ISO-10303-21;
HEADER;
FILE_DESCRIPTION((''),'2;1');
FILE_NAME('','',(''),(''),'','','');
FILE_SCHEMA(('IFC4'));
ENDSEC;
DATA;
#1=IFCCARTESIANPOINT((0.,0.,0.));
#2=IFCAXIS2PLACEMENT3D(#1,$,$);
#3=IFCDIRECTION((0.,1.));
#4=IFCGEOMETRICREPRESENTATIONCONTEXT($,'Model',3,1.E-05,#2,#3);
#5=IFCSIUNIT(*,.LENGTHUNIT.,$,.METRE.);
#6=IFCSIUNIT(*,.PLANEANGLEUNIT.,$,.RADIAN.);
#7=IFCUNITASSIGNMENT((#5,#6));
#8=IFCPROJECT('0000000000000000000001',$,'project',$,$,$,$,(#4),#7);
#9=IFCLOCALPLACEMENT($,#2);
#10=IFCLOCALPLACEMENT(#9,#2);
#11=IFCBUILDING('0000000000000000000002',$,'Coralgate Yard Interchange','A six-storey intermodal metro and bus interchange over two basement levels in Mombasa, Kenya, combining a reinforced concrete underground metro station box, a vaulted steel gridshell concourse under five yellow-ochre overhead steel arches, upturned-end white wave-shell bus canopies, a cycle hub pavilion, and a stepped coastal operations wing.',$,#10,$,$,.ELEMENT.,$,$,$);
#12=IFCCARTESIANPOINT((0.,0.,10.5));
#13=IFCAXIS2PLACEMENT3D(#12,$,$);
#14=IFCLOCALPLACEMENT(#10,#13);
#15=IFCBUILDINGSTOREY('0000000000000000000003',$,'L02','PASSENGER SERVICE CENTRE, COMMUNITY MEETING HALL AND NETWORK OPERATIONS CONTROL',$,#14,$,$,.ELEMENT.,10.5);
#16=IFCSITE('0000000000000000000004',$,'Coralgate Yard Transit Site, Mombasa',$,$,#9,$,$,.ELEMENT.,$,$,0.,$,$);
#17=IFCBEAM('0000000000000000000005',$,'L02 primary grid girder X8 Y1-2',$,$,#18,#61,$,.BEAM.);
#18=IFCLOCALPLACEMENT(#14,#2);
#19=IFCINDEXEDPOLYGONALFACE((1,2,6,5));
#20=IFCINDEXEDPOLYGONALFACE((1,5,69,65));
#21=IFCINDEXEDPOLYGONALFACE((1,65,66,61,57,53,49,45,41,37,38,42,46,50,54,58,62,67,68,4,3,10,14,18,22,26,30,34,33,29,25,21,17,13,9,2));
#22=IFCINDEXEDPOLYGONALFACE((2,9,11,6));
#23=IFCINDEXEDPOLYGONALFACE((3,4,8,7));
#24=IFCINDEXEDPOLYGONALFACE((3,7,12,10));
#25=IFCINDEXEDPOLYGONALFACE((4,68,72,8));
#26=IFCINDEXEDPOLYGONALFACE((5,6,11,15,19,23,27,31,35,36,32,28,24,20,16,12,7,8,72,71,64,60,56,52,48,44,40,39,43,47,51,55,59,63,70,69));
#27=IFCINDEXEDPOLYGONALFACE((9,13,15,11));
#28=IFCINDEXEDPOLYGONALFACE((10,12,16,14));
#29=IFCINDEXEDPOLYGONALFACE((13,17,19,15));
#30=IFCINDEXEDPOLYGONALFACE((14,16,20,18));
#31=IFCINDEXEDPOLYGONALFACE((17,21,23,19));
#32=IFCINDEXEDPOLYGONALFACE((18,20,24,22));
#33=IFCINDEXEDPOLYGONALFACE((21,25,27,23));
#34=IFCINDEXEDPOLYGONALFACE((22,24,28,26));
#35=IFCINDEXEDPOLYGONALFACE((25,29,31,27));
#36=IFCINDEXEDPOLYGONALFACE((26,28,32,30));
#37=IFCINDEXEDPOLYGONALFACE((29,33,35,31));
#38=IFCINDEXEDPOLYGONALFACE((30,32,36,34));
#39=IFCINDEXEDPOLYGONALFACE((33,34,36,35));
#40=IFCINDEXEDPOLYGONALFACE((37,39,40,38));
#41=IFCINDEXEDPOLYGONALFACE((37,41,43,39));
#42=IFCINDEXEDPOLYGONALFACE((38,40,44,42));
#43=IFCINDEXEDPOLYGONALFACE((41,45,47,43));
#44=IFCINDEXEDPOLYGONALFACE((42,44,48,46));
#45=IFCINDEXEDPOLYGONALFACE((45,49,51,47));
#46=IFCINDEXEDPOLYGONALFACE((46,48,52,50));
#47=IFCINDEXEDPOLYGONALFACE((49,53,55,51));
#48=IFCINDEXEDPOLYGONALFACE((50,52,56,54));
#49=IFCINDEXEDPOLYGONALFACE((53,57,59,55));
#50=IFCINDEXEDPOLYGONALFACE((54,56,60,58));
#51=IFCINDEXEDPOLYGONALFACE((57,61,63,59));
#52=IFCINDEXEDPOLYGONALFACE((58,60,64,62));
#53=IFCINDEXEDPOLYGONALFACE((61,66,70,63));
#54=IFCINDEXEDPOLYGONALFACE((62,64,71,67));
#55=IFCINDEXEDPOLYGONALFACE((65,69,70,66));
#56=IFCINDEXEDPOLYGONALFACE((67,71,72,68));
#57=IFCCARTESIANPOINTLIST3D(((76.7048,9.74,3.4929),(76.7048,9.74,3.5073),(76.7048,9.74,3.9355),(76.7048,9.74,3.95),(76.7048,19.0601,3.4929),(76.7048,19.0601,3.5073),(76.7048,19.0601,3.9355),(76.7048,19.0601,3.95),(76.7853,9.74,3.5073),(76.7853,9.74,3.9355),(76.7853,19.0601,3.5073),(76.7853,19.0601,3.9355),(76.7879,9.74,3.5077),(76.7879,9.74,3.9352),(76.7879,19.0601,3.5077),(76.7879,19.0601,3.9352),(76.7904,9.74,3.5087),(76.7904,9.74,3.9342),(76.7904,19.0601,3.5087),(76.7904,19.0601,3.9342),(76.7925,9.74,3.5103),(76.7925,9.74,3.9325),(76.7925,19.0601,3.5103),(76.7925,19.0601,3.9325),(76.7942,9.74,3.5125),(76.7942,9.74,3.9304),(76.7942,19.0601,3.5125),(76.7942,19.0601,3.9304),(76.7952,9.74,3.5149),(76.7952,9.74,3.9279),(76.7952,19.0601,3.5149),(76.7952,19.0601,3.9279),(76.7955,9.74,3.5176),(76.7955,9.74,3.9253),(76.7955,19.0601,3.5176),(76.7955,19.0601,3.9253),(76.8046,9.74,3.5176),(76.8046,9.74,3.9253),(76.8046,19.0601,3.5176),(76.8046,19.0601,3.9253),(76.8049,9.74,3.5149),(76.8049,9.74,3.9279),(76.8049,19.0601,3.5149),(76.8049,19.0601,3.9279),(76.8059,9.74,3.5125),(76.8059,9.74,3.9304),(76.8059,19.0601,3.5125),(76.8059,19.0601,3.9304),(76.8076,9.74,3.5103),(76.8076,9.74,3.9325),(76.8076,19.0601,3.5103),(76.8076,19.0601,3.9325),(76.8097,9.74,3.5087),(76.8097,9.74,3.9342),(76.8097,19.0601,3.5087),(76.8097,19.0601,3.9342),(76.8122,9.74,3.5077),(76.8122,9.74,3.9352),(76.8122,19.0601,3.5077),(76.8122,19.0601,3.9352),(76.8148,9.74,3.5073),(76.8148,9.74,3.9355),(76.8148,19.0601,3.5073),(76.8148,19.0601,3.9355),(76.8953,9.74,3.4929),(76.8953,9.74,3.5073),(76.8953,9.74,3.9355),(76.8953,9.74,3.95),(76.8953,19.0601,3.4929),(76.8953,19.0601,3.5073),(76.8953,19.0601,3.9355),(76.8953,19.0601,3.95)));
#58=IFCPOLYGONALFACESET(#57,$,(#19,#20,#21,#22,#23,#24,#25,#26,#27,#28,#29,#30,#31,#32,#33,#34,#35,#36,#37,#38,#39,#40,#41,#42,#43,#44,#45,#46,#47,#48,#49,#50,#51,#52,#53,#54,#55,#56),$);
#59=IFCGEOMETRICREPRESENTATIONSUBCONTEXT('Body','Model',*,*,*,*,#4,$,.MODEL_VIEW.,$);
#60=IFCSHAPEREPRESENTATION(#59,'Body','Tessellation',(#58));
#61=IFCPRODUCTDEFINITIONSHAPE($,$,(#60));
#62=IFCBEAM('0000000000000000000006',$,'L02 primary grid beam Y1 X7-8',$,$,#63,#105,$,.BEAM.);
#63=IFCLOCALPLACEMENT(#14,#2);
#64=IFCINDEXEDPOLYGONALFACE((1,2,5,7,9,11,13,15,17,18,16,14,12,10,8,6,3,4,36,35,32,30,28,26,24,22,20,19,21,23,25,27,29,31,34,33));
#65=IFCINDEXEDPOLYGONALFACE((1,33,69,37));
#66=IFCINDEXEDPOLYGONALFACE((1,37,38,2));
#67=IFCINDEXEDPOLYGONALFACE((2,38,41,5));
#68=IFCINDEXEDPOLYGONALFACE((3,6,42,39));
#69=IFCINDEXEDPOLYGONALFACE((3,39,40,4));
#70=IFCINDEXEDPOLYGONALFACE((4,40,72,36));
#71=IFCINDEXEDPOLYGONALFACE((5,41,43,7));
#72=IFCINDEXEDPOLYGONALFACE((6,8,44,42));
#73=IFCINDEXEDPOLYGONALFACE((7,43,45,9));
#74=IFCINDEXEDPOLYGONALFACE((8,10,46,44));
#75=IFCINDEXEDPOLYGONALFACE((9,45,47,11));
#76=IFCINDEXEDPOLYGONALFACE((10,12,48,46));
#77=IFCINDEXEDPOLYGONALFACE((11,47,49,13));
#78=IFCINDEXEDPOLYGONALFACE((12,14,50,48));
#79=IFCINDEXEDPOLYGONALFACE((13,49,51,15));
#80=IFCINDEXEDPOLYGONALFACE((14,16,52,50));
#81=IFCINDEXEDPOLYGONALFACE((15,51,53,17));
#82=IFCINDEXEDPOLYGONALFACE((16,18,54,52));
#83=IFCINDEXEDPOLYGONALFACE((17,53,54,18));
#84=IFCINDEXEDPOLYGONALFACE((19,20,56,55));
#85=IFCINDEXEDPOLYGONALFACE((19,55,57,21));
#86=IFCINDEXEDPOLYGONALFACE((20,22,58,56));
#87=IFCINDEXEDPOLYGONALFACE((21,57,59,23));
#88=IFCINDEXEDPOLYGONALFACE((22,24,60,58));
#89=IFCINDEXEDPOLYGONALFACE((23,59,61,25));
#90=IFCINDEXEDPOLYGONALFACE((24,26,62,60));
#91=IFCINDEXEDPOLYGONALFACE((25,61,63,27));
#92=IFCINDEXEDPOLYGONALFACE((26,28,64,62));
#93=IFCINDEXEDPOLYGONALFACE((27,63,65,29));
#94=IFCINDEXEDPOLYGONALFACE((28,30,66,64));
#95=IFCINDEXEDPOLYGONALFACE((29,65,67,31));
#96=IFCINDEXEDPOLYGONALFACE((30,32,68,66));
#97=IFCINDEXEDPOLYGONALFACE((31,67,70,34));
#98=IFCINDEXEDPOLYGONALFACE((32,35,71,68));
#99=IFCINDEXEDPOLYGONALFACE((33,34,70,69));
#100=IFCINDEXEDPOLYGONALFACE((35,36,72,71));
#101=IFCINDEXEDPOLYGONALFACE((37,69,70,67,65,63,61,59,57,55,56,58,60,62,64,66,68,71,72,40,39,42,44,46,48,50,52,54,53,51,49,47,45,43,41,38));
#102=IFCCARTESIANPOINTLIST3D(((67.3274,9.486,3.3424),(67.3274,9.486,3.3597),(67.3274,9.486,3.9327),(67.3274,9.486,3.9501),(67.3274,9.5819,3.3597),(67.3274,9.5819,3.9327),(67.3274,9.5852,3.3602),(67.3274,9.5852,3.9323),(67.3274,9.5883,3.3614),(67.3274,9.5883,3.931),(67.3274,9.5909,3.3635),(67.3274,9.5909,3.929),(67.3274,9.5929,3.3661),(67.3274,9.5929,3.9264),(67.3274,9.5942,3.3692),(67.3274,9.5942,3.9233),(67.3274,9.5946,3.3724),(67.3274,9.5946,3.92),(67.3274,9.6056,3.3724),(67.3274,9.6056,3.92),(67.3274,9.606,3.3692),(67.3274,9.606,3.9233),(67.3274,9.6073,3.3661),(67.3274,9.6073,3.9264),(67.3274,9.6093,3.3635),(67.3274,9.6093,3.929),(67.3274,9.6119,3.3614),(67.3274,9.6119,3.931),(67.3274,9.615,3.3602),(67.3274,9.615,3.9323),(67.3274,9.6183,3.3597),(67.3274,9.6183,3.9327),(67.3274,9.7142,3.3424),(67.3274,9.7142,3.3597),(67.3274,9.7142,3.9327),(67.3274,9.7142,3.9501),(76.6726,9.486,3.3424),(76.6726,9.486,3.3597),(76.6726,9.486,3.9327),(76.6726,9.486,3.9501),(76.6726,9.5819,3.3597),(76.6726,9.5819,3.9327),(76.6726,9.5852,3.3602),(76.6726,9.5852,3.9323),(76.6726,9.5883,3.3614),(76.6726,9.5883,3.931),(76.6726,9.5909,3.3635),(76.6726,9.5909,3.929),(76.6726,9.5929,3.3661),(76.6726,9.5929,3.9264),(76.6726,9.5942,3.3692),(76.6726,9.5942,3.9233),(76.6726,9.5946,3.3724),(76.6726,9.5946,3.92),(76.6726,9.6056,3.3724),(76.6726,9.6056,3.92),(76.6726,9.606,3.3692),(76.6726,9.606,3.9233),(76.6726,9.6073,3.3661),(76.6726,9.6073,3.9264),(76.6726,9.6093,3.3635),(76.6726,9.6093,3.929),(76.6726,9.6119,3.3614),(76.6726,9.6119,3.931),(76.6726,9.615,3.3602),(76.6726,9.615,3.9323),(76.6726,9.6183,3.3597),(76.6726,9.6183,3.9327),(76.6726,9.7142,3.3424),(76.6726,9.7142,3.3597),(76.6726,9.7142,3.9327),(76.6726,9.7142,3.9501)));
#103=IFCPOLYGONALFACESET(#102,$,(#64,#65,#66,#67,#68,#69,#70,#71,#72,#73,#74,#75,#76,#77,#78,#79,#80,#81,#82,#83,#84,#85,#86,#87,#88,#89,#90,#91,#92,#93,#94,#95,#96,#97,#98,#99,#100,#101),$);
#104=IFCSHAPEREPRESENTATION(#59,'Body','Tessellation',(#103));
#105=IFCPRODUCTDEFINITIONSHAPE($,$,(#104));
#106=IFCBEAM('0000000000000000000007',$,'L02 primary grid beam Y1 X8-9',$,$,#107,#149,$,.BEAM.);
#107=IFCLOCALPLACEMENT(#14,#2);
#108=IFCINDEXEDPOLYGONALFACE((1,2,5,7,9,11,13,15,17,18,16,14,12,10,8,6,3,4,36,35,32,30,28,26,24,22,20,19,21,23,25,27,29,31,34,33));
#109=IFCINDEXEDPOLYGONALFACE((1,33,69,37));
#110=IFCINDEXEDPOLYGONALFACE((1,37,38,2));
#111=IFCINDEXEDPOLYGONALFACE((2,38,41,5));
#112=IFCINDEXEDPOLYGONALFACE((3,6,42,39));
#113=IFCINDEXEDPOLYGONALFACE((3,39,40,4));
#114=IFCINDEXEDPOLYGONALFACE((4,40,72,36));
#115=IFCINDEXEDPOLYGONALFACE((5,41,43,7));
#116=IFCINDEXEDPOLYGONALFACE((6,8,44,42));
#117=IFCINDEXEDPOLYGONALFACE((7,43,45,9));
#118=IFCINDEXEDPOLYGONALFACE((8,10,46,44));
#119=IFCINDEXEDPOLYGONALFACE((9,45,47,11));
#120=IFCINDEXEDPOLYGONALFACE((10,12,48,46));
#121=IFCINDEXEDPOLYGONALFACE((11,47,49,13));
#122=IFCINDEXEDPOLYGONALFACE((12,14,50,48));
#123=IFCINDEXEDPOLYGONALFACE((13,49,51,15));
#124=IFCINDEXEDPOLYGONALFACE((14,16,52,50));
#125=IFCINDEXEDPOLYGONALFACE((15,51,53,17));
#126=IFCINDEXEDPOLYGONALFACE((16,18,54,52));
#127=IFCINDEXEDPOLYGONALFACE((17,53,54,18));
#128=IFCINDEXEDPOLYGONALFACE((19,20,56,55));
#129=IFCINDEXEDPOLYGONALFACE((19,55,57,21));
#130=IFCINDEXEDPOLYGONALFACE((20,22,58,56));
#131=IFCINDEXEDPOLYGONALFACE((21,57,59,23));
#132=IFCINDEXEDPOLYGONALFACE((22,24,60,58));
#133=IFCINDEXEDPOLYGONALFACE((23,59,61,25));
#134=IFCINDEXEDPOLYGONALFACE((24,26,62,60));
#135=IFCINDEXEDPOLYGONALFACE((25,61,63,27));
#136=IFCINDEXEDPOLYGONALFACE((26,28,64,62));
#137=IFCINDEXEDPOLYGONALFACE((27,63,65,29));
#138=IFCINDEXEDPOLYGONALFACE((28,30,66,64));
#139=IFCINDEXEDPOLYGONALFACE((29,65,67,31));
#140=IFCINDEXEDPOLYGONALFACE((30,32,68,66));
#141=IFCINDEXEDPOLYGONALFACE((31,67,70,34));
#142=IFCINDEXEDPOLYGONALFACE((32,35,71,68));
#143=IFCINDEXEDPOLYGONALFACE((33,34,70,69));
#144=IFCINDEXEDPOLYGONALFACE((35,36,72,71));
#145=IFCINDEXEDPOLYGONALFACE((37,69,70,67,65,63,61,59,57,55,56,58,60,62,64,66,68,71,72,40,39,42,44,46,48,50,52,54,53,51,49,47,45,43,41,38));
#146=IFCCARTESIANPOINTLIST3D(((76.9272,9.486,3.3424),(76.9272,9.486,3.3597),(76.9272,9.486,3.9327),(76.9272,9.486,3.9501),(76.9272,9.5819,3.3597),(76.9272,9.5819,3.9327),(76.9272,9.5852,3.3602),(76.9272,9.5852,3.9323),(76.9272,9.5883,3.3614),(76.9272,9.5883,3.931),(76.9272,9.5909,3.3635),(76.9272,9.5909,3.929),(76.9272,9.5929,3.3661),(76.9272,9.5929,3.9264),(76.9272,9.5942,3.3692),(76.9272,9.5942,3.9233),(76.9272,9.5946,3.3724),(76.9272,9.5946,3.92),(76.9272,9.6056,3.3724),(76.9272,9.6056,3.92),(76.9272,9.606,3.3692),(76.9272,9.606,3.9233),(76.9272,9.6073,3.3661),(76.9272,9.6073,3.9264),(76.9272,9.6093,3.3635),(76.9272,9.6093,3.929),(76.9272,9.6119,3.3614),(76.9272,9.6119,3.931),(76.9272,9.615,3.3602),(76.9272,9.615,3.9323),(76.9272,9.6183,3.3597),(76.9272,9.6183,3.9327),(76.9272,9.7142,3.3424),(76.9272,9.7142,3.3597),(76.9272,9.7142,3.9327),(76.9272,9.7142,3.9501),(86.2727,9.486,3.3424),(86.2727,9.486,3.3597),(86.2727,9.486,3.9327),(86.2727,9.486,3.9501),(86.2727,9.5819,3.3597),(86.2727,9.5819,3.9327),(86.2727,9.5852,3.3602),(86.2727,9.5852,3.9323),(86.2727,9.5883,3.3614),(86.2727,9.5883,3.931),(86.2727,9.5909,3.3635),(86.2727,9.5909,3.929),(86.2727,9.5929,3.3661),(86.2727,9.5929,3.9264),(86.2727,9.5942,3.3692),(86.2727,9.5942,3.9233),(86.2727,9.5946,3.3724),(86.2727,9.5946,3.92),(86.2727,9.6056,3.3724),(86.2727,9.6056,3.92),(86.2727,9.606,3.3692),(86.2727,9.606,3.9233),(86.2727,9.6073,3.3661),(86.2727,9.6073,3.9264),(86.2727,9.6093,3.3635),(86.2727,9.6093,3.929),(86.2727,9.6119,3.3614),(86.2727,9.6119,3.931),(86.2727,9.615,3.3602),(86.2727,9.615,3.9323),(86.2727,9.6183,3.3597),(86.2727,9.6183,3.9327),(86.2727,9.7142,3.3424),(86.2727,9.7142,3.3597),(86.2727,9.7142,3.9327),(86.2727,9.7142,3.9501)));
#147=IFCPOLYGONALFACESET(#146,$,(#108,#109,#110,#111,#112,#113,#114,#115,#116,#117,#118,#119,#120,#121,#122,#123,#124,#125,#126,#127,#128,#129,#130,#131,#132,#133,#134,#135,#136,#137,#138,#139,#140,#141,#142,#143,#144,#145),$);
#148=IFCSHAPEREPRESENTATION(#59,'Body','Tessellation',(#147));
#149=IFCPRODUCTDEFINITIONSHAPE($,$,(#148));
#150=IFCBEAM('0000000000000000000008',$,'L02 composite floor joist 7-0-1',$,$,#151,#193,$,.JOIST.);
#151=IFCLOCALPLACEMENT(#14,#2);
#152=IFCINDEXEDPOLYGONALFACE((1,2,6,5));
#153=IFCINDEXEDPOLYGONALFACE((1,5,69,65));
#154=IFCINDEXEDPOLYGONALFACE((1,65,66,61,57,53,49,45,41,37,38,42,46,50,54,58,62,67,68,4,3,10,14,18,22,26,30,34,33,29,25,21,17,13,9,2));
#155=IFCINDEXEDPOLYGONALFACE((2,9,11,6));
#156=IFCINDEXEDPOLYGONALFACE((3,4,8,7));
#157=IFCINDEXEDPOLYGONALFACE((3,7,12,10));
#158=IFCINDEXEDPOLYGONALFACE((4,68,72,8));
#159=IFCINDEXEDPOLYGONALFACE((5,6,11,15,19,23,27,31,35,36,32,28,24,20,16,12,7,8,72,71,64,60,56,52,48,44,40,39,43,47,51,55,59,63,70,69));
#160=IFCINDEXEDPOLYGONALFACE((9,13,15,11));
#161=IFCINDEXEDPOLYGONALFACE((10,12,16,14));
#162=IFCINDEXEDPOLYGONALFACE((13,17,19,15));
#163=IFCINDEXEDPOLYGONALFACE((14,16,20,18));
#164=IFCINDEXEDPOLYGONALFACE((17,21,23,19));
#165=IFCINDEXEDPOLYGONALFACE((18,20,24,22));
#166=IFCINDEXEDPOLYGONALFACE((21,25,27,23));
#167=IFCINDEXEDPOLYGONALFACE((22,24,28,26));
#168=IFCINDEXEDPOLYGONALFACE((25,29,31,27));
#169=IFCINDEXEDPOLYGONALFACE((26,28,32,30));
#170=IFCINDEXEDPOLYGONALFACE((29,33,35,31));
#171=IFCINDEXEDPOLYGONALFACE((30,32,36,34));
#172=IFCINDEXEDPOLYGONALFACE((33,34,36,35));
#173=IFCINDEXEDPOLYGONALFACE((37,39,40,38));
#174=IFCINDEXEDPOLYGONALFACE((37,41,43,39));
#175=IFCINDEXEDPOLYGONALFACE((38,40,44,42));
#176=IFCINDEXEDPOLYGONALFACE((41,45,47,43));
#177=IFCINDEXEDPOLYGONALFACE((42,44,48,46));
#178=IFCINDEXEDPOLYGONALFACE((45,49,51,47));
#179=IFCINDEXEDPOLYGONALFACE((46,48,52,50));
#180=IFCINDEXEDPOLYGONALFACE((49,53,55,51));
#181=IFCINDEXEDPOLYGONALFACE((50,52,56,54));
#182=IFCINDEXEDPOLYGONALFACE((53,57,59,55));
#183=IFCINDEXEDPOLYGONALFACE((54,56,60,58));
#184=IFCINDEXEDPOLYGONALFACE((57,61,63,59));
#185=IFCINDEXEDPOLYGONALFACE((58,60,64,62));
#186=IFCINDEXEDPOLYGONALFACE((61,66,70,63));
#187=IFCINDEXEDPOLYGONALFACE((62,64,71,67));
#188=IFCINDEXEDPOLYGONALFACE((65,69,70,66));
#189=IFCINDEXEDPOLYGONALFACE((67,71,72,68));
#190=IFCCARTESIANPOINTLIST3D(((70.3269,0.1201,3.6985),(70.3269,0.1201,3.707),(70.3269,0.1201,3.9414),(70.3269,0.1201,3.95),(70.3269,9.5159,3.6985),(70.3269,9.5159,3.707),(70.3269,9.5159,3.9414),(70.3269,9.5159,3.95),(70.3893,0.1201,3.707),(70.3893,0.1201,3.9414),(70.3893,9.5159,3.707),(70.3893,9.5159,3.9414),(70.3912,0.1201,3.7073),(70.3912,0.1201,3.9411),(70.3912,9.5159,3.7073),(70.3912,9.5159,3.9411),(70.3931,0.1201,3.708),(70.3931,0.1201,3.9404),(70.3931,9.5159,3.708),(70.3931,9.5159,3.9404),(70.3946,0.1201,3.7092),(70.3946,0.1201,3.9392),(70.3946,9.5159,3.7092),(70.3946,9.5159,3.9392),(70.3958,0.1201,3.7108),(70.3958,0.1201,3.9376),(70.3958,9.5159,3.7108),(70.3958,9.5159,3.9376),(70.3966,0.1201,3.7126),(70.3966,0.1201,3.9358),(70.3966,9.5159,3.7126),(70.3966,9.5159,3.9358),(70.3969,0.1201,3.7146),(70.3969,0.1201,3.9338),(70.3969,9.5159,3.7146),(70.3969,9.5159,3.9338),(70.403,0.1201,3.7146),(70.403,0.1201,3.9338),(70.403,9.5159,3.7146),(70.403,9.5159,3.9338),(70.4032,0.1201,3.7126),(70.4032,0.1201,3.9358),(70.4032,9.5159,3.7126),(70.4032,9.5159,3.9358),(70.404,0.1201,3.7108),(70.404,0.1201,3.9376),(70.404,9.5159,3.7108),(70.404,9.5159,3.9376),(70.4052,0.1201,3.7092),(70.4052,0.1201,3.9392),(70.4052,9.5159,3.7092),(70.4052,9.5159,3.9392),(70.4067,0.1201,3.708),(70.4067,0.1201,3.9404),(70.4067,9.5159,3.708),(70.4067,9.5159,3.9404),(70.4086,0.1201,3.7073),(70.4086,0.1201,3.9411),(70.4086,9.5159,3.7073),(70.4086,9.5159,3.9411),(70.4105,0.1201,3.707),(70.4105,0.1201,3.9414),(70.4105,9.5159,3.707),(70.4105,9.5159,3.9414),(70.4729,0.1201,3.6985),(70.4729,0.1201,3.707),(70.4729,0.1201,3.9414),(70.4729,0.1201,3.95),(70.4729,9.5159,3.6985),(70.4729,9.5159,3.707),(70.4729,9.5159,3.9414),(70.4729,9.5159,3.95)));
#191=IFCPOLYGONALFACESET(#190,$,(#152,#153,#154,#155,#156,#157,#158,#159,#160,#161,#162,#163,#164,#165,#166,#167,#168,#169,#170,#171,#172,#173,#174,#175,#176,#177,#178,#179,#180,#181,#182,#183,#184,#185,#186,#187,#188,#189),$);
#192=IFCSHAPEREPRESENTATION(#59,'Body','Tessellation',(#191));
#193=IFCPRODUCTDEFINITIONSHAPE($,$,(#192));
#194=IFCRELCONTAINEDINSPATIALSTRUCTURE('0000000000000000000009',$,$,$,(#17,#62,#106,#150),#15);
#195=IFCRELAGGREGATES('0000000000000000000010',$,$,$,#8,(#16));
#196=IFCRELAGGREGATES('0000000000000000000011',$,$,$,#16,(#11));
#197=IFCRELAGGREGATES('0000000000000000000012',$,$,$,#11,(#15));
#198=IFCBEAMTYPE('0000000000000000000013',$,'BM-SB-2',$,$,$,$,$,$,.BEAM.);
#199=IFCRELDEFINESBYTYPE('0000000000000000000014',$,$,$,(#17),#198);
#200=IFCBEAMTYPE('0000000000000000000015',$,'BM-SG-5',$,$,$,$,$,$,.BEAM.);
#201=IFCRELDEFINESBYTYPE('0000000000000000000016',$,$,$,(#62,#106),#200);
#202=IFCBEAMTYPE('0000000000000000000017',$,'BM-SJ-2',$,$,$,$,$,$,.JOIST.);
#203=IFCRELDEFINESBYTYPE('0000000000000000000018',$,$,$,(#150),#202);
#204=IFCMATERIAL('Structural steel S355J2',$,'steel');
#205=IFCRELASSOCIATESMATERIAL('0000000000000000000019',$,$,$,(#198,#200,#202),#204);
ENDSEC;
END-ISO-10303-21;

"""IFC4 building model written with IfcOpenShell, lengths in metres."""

from ifc_helpers import new_model, si_unit, direction, frame, origin, origin_2d, place, context, subcontext, project, spatial, i_section, extrude, material, material_profile, profile_set, type_object, element, save


model = new_model("IFC4")

# Units and contexts
model_context = context("Model", 3, precision=1e-05, world=origin(), true_north=direction((0.0, 1.0)))
body_context = subcontext(model_context, "Body", "Model", "MODEL_VIEW")
ifc_project = project(units=[si_unit("LENGTHUNIT", "METRE"), si_unit("PLANEANGLEUNIT", "RADIAN")], contexts=[model_context])

# Site, building, storey
site_placement = place(None, origin())
site = spatial("IfcSite", under=ifc_project, at=site_placement, Name="Coralgate Yard Transit Site, Mombasa", CompositionType="ELEMENT", RefElevation=0.0)
building_placement = place(site_placement, origin())
building = spatial("IfcBuilding", under=site, at=building_placement, Name="Coralgate Yard Interchange", Description="A six-storey intermodal metro and bus interchange over two basement levels in Mombasa, Kenya, combining a reinforced concrete underground metro station box, a vaulted steel gridshell concourse under five yellow-ochre overhead steel arches, upturned-end white wave-shell bus canopies, a cycle hub pavilion, and a stepped coastal operations wing.", CompositionType="ELEMENT")
storey_placement = place(building_placement, frame((0.0, 0.0, 10.5)))
storey = spatial("IfcBuildingStorey", under=building, at=storey_placement, Name="L02", Description="PASSENGER SERVICE CENTRE, COMMUNITY MEETING HALL AND NETWORK OPERATIONS CONTROL", CompositionType="ELEMENT", Elevation=10.5)

# Shared definitions
ifc_material_1 = material(Name="Structural steel S355J2", Category="steel")

# Beams
ifc_material_profile_1 = material_profile(ifc_material_1, i_section(OverallWidth=0.1904, OverallDepth=0.457, WebThickness=0.009, FlangeThickness=0.0144, FilletRadius=0.0103, at=origin_2d()), Name="UB 457x191x74")
ifc_profile_set_1 = profile_set([ifc_material_profile_1], Name="Structural steel S355J2")
beam_type_1 = type_object("IfcBeamType", Name="BM-SB-2", PredefinedType="BEAM", material=ifc_profile_set_1)
beam_1_placement = place(storey_placement, frame((76.8, 9.74, 3.7214), z_axis=(0.0, 1.0, 0.0), x_axis=(-1.0, 0.0, 0.0)))
element("IfcBeam", 1, at=beam_1_placement, inside=storey, type_object=beam_type_1, Name="L02 primary grid girder X8 Y1-2", PredefinedType="BEAM", context=body_context, shape_type="SweptSolid", body=[
    extrude(i_section(OverallWidth=0.1904, OverallDepth=0.457, WebThickness=0.009, FlangeThickness=0.0144, FilletRadius=0.0103, at=origin_2d()), origin(), (0.0, 0.0, 1.0), 9.3201),
])
ifc_material_profile_2 = material_profile(ifc_material_1, i_section(OverallWidth=0.2283, OverallDepth=0.6077, WebThickness=0.011, FlangeThickness=0.0173, FilletRadius=0.0127, at=origin_2d()), Name="UB 610x229x113")
ifc_profile_set_2 = profile_set([ifc_material_profile_2], Name="Structural steel S355J2")
beam_type_2 = type_object("IfcBeamType", Name="BM-SG-5", PredefinedType="BEAM", material=ifc_profile_set_2)
beam_2_placement = place(storey_placement, frame((67.3274, 9.6001, 3.6462), z_axis=(1.0, 0.0, 0.0), x_axis=(0.0, 1.0, 0.0)))
element("IfcBeam", 2, at=beam_2_placement, inside=storey, type_object=beam_type_2, Name="L02 primary grid beam Y1 X7-8", PredefinedType="BEAM", context=body_context, shape_type="SweptSolid", body=[
    extrude(i_section(OverallWidth=0.2283, OverallDepth=0.6077, WebThickness=0.011, FlangeThickness=0.0173, FilletRadius=0.0127, at=origin_2d()), origin(), (0.0, 0.0, 1.0), 9.3452),
])
beam_3_placement = place(storey_placement, frame((76.9272, 9.6001, 3.6462), z_axis=(1.0, 0.0, 0.0), x_axis=(0.0, 1.0, 0.0)))
element("IfcBeam", 3, at=beam_3_placement, inside=storey, type_object=beam_type_2, Name="L02 primary grid beam Y1 X8-9", PredefinedType="BEAM", context=body_context, shape_type="SweptSolid", body=[
    extrude(i_section(OverallWidth=0.2283, OverallDepth=0.6077, WebThickness=0.011, FlangeThickness=0.0173, FilletRadius=0.0127, at=origin_2d()), origin(), (0.0, 0.0, 1.0), 9.3455),
])
ifc_material_profile_3 = material_profile(ifc_material_1, i_section(OverallWidth=0.146, OverallDepth=0.2515, WebThickness=0.0061, FlangeThickness=0.0085, FilletRadius=0.0076, at=origin_2d()), Name="UB 254x146x31")
ifc_profile_set_3 = profile_set([ifc_material_profile_3], Name="Structural steel S355J2")
beam_type_3 = type_object("IfcBeamType", Name="BM-SJ-2", PredefinedType="JOIST", material=ifc_profile_set_3)
for number, where, z_axis, x_axis, name in (
    (4, (70.3999, 0.1201, 3.8242), (0.0, 1.0, 0.0), (-1.0, 0.0, 0.0), "L02 composite floor joist 7-0-1"),
):
    element("IfcBeam", number, at=place(storey_placement, frame(where, z_axis=z_axis, x_axis=x_axis)), inside=storey, type_object=beam_type_3, Name=name, PredefinedType="JOIST", context=body_context, shape_type="SweptSolid", body=[
        extrude(i_section(OverallWidth=0.146, OverallDepth=0.2515, WebThickness=0.0061, FlangeThickness=0.0085, FilletRadius=0.0076, at=origin_2d()), origin(), (0.0, 0.0, 1.0), 9.3958),
    ])

save(model, "model.ifc")
